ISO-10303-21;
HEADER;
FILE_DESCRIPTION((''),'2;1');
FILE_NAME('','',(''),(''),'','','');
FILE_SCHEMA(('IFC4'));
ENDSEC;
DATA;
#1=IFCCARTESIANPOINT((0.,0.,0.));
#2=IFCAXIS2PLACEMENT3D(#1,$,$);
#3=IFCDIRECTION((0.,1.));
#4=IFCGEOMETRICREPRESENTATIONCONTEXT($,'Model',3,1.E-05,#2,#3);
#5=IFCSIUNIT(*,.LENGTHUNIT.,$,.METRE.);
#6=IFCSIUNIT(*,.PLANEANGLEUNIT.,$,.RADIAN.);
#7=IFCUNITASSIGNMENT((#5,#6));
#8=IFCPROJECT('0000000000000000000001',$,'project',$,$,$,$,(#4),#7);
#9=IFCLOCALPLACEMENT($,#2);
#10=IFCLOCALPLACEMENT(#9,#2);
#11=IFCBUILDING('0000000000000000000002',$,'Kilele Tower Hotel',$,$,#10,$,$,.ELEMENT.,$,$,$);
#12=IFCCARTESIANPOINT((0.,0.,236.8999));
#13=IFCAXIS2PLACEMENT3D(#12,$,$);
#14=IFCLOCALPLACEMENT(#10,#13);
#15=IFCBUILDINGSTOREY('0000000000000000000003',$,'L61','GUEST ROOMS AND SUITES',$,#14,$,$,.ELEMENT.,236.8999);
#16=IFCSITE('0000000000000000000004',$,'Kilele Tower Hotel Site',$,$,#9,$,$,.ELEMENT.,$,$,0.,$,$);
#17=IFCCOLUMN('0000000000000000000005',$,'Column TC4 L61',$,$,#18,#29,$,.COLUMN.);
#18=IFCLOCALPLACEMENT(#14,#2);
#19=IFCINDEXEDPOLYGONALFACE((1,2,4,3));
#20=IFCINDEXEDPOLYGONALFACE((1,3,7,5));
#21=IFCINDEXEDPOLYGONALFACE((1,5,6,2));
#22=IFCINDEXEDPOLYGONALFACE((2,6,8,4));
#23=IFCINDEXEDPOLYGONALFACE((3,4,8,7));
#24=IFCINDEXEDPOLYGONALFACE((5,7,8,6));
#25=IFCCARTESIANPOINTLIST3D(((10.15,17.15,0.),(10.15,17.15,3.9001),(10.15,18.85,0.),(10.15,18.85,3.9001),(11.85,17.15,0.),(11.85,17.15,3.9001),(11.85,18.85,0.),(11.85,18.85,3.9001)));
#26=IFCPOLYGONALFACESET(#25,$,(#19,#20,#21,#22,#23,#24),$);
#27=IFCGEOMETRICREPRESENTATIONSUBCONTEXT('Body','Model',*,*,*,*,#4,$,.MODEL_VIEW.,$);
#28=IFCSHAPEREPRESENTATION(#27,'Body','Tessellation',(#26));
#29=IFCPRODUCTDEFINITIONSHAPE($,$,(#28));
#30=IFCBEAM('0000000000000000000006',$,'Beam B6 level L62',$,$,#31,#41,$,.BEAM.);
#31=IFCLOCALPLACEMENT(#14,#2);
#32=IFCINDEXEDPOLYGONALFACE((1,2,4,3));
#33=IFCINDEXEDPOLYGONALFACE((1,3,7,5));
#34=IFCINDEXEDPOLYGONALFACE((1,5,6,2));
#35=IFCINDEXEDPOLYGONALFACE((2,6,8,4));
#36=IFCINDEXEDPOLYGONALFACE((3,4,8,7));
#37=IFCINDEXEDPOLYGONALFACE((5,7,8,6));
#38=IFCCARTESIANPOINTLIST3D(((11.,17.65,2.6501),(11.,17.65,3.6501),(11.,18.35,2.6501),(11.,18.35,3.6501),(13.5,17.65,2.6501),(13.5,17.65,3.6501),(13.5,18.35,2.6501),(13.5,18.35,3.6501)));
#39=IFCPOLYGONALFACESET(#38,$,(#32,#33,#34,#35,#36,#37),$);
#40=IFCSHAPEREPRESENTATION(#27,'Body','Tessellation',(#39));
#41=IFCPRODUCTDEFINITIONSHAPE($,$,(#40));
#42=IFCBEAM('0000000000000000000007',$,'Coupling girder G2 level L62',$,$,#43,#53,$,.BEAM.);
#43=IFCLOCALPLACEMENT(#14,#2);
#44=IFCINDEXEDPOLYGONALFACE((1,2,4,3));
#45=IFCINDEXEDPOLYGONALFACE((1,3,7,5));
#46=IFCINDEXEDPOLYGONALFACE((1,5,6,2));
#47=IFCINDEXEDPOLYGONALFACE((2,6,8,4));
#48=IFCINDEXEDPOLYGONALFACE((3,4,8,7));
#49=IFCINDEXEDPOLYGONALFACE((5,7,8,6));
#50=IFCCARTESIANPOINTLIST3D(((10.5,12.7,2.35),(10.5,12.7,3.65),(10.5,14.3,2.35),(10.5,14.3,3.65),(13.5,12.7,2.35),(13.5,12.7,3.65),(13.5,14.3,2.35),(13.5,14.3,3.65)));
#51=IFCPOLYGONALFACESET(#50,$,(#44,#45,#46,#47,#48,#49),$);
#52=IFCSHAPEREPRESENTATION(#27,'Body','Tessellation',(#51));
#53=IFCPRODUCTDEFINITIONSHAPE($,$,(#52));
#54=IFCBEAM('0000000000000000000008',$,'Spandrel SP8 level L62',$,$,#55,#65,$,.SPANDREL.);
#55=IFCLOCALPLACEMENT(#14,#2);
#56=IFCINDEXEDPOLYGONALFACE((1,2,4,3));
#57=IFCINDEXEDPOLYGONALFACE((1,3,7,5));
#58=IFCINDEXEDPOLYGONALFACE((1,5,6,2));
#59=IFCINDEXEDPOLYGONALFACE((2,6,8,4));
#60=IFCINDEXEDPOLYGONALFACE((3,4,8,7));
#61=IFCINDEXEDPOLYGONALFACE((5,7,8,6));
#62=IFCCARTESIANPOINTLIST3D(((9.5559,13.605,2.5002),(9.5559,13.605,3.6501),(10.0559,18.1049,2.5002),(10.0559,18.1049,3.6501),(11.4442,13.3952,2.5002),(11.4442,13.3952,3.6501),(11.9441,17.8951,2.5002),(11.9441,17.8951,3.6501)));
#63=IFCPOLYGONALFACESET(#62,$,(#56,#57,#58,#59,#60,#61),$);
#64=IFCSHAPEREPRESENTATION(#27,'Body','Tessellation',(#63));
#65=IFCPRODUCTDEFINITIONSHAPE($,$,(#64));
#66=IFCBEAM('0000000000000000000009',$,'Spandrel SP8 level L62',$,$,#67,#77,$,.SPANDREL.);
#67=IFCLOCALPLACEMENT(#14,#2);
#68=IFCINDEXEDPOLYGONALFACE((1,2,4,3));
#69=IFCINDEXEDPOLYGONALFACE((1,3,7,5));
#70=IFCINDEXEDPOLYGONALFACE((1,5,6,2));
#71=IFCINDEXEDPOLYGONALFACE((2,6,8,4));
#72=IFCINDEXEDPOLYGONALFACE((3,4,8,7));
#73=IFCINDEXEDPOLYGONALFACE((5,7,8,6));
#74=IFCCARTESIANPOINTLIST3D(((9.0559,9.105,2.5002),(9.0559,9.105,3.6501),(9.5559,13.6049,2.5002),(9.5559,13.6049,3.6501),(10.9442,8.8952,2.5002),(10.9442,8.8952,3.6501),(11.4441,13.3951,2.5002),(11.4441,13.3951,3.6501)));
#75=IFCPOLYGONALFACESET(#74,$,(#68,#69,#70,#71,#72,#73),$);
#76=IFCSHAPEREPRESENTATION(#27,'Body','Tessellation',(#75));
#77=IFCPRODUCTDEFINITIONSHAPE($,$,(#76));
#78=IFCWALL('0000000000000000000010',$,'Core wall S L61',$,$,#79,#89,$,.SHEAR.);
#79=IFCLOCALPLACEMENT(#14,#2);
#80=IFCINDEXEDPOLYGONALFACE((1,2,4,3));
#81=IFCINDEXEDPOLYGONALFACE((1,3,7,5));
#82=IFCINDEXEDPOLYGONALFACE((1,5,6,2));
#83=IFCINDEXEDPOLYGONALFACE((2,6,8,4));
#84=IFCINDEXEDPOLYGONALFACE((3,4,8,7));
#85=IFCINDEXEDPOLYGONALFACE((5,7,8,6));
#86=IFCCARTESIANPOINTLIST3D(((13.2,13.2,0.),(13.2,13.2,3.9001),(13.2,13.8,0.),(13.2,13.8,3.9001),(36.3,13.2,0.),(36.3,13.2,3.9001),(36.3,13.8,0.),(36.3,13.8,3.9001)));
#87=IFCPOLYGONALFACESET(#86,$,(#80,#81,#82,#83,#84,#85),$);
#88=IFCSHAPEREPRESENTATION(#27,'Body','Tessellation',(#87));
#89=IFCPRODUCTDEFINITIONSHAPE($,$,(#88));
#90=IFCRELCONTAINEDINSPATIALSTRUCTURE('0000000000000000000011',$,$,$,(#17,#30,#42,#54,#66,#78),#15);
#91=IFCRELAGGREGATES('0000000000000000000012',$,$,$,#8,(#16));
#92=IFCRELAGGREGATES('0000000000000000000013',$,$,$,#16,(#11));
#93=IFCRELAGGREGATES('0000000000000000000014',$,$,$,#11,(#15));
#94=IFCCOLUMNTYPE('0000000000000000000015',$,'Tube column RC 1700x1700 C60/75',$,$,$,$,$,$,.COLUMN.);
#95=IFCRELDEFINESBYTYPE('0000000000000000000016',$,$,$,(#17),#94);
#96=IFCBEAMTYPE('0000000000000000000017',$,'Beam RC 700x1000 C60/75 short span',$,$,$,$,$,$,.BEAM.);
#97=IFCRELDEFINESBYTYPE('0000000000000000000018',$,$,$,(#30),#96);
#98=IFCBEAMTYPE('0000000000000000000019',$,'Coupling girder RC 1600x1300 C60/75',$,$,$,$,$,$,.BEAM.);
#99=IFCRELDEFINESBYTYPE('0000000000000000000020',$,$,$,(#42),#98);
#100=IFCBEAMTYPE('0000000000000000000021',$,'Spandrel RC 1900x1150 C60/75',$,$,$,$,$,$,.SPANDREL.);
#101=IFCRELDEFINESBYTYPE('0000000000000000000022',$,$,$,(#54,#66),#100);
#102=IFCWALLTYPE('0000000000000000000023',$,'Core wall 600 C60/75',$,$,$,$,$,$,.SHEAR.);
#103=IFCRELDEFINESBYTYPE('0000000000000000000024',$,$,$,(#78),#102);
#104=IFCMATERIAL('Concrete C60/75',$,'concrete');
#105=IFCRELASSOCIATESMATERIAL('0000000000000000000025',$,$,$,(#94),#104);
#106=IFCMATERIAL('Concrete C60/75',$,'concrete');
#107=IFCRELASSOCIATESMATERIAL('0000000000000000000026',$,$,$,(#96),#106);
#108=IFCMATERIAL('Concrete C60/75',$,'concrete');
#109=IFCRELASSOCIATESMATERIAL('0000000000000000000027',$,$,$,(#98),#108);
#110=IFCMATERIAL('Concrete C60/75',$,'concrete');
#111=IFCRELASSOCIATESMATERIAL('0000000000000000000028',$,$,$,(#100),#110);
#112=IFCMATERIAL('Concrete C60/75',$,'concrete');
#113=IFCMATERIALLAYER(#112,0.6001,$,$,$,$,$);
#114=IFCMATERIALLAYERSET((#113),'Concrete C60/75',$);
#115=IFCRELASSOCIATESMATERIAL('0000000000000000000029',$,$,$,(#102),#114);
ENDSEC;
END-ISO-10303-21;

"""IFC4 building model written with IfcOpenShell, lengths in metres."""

from ifc_helpers import new_model, si_unit, direction, frame, frame_2d, origin, origin_2d, place, context, subcontext, project, spatial, rectangle, extrude, material, layer, layer_set, material_profile, profile_set, type_object, element, save


model = new_model("IFC4")

# Units and contexts
model_context = context("Model", 3, precision=1e-05, world=origin(), true_north=direction((0.0, 1.0)))
body_context = subcontext(model_context, "Body", "Model", "MODEL_VIEW")
ifc_project = project(units=[si_unit("LENGTHUNIT", "METRE"), si_unit("PLANEANGLEUNIT", "RADIAN")], contexts=[model_context])

# Site, building, storey
site_placement = place(None, origin())
site = spatial("IfcSite", under=ifc_project, at=site_placement, Name="Kilele Tower Hotel Site", CompositionType="ELEMENT", RefElevation=0.0)
building_placement = place(site_placement, origin())
building = spatial("IfcBuilding", under=site, at=building_placement, Name="Kilele Tower Hotel", CompositionType="ELEMENT")
storey_placement = place(building_placement, frame((0.0, 0.0, 236.8999)))
storey = spatial("IfcBuildingStorey", under=building, at=storey_placement, Name="L61", Description="GUEST ROOMS AND SUITES", CompositionType="ELEMENT", Elevation=236.8999)

# Column
ifc_material_1 = material(Name="Concrete C60/75", Category="concrete")
ifc_material_profile_1 = material_profile(ifc_material_1, rectangle(XDim=1.7, YDim=1.7, at=origin_2d()))
ifc_profile_set_1 = profile_set([ifc_material_profile_1], Name="Concrete C60/75")
column_type = type_object("IfcColumnType", Name="Tube column RC 1700x1700 C60/75", PredefinedType="COLUMN", material=ifc_profile_set_1)
column_placement = place(storey_placement, frame((11.0, 18.0, 0.0), z_axis=(0.0, 0.0, 1.0), x_axis=(1.0, 0.0, 0.0)))
element("IfcColumn", 1, at=column_placement, inside=storey, type_object=column_type, Name="Column TC4 L61", PredefinedType="COLUMN", context=body_context, shape_type="SweptSolid", body=[
    extrude(rectangle(XDim=1.7, YDim=1.7, at=origin_2d()), origin(), (0.0, 0.0, 1.0), 3.9001),
])

# Beams
ifc_material_2 = material(Name="Concrete C60/75", Category="concrete")
ifc_material_profile_2 = material_profile(ifc_material_2, rectangle(XDim=0.7, YDim=1.0, at=origin_2d()))
ifc_profile_set_2 = profile_set([ifc_material_profile_2], Name="Concrete C60/75")
beam_type_1 = type_object("IfcBeamType", Name="Beam RC 700x1000 C60/75 short span", PredefinedType="BEAM", material=ifc_profile_set_2)
beam_1_placement = place(storey_placement, frame((11.0, 18.0, 3.1501), z_axis=(1.0, 0.0, 0.0), x_axis=(0.0, 1.0, 0.0)))
element("IfcBeam", 2, at=beam_1_placement, inside=storey, type_object=beam_type_1, Name="Beam B6 level L62", PredefinedType="BEAM", context=body_context, shape_type="SweptSolid", body=[
    extrude(rectangle(XDim=0.7, YDim=1.0, at=origin_2d()), origin(), (0.0, 0.0, 1.0), 2.5),
])
ifc_material_3 = material(Name="Concrete C60/75", Category="concrete")
ifc_material_profile_3 = material_profile(ifc_material_3, rectangle(XDim=1.6001, YDim=1.3, at=origin_2d()))
ifc_profile_set_3 = profile_set([ifc_material_profile_3], Name="Concrete C60/75")
beam_type_2 = type_object("IfcBeamType", Name="Coupling girder RC 1600x1300 C60/75", PredefinedType="BEAM", material=ifc_profile_set_3)
beam_2_placement = place(storey_placement, frame((10.5, 13.5, 3.0), z_axis=(1.0, 0.0, 0.0), x_axis=(0.0, 1.0, 0.0)))
element("IfcBeam", 3, at=beam_2_placement, inside=storey, type_object=beam_type_2, Name="Coupling girder G2 level L62", PredefinedType="BEAM", context=body_context, shape_type="SweptSolid", body=[
    extrude(rectangle(XDim=1.6001, YDim=1.3, at=origin_2d()), origin(), (0.0, 0.0, 1.0), 3.0),
])
ifc_material_4 = material(Name="Concrete C60/75", Category="concrete")
ifc_material_profile_4 = material_profile(ifc_material_4, rectangle(XDim=1.8999, YDim=1.1499, at=origin_2d()))
ifc_profile_set_4 = profile_set([ifc_material_profile_4], Name="Concrete C60/75")
beam_type_3 = type_object("IfcBeamType", Name="Spandrel RC 1900x1150 C60/75", PredefinedType="SPANDREL", material=ifc_profile_set_4)
for number, where, z_axis, x_axis, name in (
    (4, (11.0, 18.0, 3.0752), (-0.110432, -0.993884, 0.0), (0.993884, -0.110432, 0.0), "Spandrel SP8 level L62"),
    (5, (10.5, 13.5, 3.0752), (-0.110432, -0.993884, 0.0), (0.993884, -0.110432, 0.0), "Spandrel SP8 level L62"),
):
    element("IfcBeam", number, at=place(storey_placement, frame(where, z_axis=z_axis, x_axis=x_axis)), inside=storey, type_object=beam_type_3, Name=name, PredefinedType="SPANDREL", context=body_context, shape_type="SweptSolid", body=[
        extrude(rectangle(XDim=1.8999, YDim=1.1499, at=origin_2d()), origin(), (0.0, 0.0, 1.0), 4.5276),
    ])

# Wall
ifc_material_5 = material(Name="Concrete C60/75", Category="concrete")
ifc_layer = layer(ifc_material_5, 0.6001)
ifc_layer_set = layer_set([ifc_layer], Name="Concrete C60/75")
wall_type = type_object("IfcWallType", Name="Core wall 600 C60/75", PredefinedType="SHEAR", material=ifc_layer_set)
wall_placement = place(storey_placement, frame((13.2, 13.5, 0.0), z_axis=(0.0, 0.0, 1.0), x_axis=(1.0, 0.0, 0.0)))
element("IfcWall", 6, at=wall_placement, inside=storey, type_object=wall_type, Name="Core wall S L61", PredefinedType="SHEAR", context=body_context, shape_type="SweptSolid", body=[
    extrude(rectangle(XDim=23.1001, YDim=0.6001, at=frame_2d((11.55, 0.0))), origin(), (0.0, 0.0, 1.0), 3.9001),
])

save(model, "model.ifc")
